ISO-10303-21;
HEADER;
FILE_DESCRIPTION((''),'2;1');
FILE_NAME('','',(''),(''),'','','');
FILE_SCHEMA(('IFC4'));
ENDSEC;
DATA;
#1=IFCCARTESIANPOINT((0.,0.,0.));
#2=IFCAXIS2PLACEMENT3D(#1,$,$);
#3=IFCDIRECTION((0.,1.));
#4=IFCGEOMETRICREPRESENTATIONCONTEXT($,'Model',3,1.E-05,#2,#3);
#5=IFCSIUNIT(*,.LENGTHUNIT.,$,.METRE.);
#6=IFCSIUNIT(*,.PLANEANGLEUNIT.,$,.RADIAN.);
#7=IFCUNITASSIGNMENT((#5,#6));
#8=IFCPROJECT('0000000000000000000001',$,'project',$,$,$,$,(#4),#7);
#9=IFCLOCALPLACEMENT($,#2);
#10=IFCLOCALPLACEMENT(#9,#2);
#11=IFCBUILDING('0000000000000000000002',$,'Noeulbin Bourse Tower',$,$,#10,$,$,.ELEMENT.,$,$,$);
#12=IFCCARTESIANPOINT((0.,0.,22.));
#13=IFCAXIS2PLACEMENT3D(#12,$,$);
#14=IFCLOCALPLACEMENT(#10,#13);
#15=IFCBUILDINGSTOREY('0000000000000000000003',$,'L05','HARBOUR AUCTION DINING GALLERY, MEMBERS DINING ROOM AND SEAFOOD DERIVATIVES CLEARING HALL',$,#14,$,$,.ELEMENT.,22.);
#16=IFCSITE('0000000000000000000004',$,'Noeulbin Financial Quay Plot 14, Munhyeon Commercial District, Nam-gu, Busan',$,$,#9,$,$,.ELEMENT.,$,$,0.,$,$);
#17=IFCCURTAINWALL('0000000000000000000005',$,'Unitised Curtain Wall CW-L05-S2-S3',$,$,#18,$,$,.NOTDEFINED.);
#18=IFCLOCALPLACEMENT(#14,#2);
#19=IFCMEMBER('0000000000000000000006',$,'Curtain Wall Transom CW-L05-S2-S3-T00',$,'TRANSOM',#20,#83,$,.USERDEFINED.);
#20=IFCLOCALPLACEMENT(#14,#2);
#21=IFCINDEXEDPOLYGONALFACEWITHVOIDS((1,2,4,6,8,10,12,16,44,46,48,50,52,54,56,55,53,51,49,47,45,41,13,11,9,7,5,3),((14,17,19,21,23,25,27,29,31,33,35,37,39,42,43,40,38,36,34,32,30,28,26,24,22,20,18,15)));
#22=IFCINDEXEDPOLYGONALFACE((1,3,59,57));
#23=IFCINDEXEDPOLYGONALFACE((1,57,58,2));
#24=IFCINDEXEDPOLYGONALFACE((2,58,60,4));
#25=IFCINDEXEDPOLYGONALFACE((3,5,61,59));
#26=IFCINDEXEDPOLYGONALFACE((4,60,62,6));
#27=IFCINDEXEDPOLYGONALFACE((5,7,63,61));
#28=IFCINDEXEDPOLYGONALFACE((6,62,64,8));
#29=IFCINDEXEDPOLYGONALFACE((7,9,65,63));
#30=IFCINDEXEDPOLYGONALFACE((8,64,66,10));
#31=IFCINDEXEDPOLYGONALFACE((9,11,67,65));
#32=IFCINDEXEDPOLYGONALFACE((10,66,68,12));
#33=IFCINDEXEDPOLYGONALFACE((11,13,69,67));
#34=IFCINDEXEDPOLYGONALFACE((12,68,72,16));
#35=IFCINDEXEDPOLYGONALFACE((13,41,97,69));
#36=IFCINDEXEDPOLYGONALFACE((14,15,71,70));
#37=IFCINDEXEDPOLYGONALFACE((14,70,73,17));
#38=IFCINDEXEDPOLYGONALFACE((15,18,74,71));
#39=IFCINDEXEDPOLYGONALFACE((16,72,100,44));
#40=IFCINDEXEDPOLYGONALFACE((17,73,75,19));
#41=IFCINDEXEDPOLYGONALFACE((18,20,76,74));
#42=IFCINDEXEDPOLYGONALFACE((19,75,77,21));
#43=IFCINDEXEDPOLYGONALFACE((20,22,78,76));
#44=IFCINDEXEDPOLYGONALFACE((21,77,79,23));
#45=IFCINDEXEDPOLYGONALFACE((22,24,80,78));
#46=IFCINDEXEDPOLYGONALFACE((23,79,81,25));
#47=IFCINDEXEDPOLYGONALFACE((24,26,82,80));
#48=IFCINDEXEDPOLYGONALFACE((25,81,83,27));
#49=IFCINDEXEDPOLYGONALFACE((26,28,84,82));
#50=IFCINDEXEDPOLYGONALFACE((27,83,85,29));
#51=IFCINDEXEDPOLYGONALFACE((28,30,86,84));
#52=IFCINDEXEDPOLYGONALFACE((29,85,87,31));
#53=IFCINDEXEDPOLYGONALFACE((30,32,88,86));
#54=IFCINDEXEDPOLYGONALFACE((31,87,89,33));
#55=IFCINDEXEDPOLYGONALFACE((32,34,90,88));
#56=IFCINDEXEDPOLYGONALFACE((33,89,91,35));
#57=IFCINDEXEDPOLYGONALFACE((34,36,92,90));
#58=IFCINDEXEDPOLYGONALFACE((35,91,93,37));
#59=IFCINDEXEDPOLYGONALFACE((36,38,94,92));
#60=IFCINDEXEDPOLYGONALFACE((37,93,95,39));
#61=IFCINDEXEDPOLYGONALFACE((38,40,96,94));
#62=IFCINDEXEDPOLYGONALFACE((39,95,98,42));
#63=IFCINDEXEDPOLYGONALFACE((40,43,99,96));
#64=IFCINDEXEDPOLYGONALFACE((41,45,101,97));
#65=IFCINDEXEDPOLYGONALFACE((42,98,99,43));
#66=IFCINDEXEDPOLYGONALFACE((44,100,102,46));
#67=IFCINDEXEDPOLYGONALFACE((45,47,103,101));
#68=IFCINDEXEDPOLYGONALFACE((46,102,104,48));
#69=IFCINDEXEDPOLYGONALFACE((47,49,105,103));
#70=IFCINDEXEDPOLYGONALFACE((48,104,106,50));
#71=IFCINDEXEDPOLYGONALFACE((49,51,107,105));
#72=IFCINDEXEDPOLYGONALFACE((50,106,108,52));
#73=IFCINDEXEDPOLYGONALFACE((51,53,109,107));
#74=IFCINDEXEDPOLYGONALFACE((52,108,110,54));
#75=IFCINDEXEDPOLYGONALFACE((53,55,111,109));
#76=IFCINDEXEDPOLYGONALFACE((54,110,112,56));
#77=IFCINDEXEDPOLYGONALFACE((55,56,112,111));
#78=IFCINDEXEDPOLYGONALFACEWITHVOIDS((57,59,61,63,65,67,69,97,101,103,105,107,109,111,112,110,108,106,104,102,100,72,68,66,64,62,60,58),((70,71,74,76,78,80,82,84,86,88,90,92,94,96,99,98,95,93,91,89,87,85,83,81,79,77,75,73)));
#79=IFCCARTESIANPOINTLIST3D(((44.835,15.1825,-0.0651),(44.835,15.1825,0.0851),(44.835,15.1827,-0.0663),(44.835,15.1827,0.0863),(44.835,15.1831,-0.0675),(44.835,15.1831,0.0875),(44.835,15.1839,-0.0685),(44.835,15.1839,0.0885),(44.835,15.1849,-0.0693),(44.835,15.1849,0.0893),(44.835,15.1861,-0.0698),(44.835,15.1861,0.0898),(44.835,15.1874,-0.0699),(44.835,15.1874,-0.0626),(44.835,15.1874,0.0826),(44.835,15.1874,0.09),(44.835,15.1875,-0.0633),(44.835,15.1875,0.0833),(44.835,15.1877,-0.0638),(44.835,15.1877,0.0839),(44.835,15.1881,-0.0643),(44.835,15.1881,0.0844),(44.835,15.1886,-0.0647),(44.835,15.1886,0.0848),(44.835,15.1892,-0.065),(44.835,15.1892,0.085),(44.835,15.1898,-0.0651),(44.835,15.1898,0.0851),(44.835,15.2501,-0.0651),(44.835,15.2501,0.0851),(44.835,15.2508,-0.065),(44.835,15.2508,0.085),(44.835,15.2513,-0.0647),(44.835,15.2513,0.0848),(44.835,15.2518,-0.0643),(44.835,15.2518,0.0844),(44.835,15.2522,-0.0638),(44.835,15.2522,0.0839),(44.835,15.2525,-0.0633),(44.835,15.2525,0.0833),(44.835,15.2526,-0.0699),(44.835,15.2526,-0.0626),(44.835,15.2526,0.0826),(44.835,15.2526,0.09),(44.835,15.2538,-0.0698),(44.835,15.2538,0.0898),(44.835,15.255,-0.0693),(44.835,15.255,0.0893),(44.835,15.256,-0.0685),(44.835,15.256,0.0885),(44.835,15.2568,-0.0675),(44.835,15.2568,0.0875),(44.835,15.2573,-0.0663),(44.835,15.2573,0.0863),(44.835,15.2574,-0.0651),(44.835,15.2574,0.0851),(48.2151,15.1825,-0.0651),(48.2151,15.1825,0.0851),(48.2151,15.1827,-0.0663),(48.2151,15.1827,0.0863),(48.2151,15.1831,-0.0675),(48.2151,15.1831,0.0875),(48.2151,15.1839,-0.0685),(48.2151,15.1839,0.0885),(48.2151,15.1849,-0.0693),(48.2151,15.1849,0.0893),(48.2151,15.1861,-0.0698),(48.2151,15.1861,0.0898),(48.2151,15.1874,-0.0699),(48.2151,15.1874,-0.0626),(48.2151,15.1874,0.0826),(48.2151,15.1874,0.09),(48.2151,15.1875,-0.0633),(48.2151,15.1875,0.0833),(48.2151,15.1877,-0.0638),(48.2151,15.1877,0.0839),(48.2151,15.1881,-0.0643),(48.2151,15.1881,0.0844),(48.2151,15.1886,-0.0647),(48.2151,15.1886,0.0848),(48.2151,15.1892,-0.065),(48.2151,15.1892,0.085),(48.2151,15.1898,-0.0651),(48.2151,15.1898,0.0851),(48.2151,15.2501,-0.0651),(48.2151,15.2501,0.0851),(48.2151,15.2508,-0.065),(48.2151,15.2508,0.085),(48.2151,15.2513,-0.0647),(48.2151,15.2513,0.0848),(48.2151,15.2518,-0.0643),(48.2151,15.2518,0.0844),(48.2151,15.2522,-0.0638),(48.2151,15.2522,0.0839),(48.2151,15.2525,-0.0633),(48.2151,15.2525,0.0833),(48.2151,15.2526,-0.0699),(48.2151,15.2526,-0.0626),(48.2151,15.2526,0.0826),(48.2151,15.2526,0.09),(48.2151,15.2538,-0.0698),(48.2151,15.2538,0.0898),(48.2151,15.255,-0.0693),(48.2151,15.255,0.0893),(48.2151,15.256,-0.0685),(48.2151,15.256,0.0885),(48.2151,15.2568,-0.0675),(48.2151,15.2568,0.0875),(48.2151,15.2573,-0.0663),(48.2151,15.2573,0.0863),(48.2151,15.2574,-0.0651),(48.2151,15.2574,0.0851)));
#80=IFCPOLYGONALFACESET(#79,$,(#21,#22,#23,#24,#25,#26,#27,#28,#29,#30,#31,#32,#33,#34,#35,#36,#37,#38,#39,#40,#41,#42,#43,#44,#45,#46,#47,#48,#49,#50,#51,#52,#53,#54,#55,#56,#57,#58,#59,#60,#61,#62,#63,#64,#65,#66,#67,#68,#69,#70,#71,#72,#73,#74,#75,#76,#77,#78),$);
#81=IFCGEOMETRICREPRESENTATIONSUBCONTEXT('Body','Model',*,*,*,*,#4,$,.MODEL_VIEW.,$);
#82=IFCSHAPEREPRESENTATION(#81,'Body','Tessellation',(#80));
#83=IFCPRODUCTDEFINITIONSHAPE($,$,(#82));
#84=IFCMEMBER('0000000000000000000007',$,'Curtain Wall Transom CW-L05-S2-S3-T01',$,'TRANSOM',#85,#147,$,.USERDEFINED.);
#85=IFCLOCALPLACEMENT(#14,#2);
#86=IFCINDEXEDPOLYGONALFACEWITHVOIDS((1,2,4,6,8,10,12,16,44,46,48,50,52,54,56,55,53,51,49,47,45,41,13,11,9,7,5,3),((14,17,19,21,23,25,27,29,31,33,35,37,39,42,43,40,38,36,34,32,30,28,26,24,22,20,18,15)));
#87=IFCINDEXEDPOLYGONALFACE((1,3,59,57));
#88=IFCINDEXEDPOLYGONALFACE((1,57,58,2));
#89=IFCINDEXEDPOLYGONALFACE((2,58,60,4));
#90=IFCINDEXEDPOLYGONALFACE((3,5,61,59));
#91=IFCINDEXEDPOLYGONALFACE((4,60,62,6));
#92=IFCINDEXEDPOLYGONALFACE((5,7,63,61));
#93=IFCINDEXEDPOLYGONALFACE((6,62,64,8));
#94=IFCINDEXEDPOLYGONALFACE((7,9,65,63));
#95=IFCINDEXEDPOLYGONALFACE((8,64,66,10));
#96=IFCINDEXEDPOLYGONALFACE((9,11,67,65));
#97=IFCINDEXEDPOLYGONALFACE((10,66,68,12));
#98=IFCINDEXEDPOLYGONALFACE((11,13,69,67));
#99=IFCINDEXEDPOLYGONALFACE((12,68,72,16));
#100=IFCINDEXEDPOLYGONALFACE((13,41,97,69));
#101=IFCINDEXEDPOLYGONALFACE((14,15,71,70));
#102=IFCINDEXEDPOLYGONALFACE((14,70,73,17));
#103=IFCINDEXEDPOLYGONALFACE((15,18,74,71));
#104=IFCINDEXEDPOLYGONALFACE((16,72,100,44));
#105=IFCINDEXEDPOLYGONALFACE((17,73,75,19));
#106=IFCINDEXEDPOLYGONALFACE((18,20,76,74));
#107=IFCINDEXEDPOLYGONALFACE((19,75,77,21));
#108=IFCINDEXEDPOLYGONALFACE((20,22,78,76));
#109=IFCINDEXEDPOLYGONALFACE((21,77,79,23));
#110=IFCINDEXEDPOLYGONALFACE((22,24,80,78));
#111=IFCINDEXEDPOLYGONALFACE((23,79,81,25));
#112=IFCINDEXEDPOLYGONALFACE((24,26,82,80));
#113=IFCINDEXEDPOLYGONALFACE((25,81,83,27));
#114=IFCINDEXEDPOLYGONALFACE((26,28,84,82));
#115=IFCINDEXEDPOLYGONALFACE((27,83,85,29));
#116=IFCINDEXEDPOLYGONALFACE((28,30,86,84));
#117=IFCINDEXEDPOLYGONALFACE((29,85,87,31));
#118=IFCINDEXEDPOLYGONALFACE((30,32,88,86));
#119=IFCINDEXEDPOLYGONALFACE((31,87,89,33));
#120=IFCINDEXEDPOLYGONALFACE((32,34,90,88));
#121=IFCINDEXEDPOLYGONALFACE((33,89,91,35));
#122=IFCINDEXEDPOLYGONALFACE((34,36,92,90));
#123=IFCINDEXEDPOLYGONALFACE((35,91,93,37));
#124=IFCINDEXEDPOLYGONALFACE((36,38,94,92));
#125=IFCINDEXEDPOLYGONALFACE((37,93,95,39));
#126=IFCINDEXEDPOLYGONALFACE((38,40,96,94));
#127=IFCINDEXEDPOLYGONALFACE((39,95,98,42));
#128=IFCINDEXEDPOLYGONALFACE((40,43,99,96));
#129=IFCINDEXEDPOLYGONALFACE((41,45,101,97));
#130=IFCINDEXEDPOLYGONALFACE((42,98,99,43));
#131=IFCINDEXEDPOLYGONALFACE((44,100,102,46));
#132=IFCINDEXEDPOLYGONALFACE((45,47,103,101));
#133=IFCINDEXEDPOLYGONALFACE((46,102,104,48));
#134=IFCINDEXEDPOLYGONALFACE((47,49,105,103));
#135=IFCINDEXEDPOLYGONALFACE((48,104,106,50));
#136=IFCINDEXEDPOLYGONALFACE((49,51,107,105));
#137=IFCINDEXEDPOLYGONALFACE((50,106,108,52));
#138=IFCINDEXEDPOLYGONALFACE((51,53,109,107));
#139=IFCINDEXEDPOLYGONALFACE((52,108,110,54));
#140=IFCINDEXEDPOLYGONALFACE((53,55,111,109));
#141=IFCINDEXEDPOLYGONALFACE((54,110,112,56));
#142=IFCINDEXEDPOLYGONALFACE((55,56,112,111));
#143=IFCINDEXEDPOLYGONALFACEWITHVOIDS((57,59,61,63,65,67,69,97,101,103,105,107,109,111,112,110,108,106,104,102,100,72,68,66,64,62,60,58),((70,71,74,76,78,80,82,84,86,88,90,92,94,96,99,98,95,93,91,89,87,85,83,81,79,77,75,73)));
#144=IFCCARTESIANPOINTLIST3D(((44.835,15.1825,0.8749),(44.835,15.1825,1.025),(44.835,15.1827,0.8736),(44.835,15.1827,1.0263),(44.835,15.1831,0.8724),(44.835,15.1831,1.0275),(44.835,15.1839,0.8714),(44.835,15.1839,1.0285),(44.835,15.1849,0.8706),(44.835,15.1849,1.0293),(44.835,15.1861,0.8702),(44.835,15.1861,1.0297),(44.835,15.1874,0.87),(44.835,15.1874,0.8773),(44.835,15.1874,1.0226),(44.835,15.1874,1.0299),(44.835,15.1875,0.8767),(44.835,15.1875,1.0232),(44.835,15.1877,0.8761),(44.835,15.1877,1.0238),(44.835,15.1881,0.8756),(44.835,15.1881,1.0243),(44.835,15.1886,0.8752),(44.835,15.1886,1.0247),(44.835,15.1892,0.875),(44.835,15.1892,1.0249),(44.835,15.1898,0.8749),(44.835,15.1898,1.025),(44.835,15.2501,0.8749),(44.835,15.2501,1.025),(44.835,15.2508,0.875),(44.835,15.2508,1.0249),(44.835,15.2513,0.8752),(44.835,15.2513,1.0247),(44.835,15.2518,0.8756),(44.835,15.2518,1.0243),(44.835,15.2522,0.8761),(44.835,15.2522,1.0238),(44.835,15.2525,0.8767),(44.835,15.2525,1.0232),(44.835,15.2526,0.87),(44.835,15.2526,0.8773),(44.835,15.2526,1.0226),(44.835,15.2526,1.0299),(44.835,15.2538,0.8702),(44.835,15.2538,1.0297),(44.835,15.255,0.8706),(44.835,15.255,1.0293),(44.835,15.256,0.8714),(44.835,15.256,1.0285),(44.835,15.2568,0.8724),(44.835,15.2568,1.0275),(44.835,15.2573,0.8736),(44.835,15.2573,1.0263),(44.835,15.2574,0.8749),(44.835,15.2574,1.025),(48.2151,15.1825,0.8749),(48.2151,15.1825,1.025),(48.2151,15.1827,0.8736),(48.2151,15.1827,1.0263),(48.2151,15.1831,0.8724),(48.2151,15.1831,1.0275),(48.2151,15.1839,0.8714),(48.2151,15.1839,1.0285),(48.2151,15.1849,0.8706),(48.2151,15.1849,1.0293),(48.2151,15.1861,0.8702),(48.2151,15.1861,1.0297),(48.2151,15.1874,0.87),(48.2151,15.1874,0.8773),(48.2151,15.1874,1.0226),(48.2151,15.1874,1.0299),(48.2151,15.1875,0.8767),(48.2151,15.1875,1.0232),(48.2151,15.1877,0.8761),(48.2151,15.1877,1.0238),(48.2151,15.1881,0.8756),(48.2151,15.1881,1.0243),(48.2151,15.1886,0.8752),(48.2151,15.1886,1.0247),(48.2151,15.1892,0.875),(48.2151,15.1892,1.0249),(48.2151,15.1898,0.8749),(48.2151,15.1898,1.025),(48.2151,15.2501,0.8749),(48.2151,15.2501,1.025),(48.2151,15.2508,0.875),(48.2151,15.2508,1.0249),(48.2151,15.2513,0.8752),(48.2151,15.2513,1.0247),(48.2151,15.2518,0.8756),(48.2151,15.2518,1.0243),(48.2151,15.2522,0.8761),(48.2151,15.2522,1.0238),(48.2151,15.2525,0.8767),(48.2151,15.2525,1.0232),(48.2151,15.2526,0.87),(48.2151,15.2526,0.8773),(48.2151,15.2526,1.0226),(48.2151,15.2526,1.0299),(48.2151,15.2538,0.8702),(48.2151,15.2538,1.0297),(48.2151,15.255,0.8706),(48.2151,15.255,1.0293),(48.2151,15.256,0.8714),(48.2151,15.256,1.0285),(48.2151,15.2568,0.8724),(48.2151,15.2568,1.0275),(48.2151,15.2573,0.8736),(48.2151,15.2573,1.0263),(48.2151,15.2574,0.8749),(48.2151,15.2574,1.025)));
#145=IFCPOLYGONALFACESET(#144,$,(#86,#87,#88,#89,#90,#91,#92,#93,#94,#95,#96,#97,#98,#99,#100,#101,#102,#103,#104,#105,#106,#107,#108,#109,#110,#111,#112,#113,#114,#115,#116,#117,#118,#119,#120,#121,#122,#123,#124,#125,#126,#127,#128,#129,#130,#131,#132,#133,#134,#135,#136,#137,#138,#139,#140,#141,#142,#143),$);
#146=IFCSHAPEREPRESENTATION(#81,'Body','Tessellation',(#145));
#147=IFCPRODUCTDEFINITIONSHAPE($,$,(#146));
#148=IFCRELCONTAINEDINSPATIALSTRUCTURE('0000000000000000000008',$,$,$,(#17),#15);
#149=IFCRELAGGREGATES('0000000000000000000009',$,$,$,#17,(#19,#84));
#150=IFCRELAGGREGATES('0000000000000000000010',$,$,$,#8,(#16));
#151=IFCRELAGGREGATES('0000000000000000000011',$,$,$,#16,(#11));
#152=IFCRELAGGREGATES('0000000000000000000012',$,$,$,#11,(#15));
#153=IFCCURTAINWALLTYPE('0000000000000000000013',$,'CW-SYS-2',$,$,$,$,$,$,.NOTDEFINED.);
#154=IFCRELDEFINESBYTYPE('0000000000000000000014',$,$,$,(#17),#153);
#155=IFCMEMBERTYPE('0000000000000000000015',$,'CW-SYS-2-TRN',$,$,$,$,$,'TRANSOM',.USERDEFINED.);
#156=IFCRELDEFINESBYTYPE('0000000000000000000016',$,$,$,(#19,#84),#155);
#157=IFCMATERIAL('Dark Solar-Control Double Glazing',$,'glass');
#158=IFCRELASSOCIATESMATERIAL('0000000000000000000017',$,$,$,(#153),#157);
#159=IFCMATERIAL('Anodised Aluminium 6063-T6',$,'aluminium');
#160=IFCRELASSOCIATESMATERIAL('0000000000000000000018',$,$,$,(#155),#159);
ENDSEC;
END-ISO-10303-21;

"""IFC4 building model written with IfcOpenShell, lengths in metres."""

from ifc_helpers import new_model, si_unit, direction, frame, origin, origin_2d, place, context, subcontext, project, spatial, hollow_rectangle, extrude, material, material_profile, profile_set, type_object, element, aggregate, save


model = new_model("IFC4")

# Units and contexts
model_context = context("Model", 3, precision=1e-05, world=origin(), true_north=direction((0.0, 1.0)))
body_context = subcontext(model_context, "Body", "Model", "MODEL_VIEW")
ifc_project = project(units=[si_unit("LENGTHUNIT", "METRE"), si_unit("PLANEANGLEUNIT", "RADIAN")], contexts=[model_context])

# Site, building, storey
site_placement = place(None, origin())
site = spatial("IfcSite", under=ifc_project, at=site_placement, Name="Noeulbin Financial Quay Plot 14, Munhyeon Commercial District, Nam-gu, Busan", CompositionType="ELEMENT", RefElevation=0.0)
building_placement = place(site_placement, origin())
building = spatial("IfcBuilding", under=site, at=building_placement, Name="Noeulbin Bourse Tower", CompositionType="ELEMENT")
storey_placement = place(building_placement, frame((0.0, 0.0, 22.0)))
storey = spatial("IfcBuildingStorey", under=building, at=storey_placement, Name="L05", Description="HARBOUR AUCTION DINING GALLERY, MEMBERS DINING ROOM AND SEAFOOD DERIVATIVES CLEARING HALL", CompositionType="ELEMENT", Elevation=22.0)

# Shared definitions
ifc_material_1 = material(Name="Dark Solar-Control Double Glazing", Category="glass")
curtain_wall_type = type_object("IfcCurtainWallType", Name="CW-SYS-2", PredefinedType="NOTDEFINED", material=ifc_material_1)
ifc_material_2 = material(Name="Anodised Aluminium 6063-T6", Category="aluminium")

# Curtain wall
curtain_wall_1_placement = place(storey_placement, origin())
curtain_wall_1 = element("IfcCurtainWall", 1, at=curtain_wall_1_placement, inside=storey, type_object=curtain_wall_type, Name="Unitised Curtain Wall CW-L05-S2-S3", PredefinedType="NOTDEFINED")

# Members
ifc_material_profile_1 = material_profile(ifc_material_2, hollow_rectangle(XDim=0.075, YDim=0.1599, WallThickness=0.0049, InnerFilletRadius=0.0024, OuterFilletRadius=0.0049, at=origin_2d()), Name="ALU-TRAN-75x160x5", Category="LoadBearing")
ifc_profile_set_1 = profile_set([ifc_material_profile_1], Name="Anodised Aluminium 6063-T6")
member_type_1 = type_object("IfcMemberType", Name="CW-SYS-2-TRN", ElementType="TRANSOM", PredefinedType="USERDEFINED", material=ifc_profile_set_1)
member_1_placement = place(storey_placement, frame((44.835, 15.22, 0.01), z_axis=(1.0, 0.0, 0.0), x_axis=(0.0, 1.0, 0.0)))
member_1 = element("IfcMember", 2, at=member_1_placement, type_object=member_type_1, Name="Curtain Wall Transom CW-L05-S2-S3-T00", ObjectType="TRANSOM", PredefinedType="USERDEFINED", context=body_context, shape_type="SweptSolid", body=[
    extrude(hollow_rectangle(XDim=0.075, YDim=0.1599, WallThickness=0.0049, InnerFilletRadius=0.0024, OuterFilletRadius=0.0049, at=origin_2d()), origin(), (0.0, 0.0, 1.0), 3.3801),
])
member_2_placement = place(storey_placement, frame((44.835, 15.22, 0.95), z_axis=(1.0, 0.0, 0.0), x_axis=(0.0, 1.0, 0.0)))
member_2 = element("IfcMember", 3, at=member_2_placement, type_object=member_type_1, Name="Curtain Wall Transom CW-L05-S2-S3-T01", ObjectType="TRANSOM", PredefinedType="USERDEFINED", context=body_context, shape_type="SweptSolid", body=[
    extrude(hollow_rectangle(XDim=0.075, YDim=0.1599, WallThickness=0.0049, InnerFilletRadius=0.0024, OuterFilletRadius=0.0049, at=origin_2d()), origin(), (0.0, 0.0, 1.0), 3.3801),
])

aggregate(curtain_wall_1, [member_1, member_2])

save(model, "model.ifc")
